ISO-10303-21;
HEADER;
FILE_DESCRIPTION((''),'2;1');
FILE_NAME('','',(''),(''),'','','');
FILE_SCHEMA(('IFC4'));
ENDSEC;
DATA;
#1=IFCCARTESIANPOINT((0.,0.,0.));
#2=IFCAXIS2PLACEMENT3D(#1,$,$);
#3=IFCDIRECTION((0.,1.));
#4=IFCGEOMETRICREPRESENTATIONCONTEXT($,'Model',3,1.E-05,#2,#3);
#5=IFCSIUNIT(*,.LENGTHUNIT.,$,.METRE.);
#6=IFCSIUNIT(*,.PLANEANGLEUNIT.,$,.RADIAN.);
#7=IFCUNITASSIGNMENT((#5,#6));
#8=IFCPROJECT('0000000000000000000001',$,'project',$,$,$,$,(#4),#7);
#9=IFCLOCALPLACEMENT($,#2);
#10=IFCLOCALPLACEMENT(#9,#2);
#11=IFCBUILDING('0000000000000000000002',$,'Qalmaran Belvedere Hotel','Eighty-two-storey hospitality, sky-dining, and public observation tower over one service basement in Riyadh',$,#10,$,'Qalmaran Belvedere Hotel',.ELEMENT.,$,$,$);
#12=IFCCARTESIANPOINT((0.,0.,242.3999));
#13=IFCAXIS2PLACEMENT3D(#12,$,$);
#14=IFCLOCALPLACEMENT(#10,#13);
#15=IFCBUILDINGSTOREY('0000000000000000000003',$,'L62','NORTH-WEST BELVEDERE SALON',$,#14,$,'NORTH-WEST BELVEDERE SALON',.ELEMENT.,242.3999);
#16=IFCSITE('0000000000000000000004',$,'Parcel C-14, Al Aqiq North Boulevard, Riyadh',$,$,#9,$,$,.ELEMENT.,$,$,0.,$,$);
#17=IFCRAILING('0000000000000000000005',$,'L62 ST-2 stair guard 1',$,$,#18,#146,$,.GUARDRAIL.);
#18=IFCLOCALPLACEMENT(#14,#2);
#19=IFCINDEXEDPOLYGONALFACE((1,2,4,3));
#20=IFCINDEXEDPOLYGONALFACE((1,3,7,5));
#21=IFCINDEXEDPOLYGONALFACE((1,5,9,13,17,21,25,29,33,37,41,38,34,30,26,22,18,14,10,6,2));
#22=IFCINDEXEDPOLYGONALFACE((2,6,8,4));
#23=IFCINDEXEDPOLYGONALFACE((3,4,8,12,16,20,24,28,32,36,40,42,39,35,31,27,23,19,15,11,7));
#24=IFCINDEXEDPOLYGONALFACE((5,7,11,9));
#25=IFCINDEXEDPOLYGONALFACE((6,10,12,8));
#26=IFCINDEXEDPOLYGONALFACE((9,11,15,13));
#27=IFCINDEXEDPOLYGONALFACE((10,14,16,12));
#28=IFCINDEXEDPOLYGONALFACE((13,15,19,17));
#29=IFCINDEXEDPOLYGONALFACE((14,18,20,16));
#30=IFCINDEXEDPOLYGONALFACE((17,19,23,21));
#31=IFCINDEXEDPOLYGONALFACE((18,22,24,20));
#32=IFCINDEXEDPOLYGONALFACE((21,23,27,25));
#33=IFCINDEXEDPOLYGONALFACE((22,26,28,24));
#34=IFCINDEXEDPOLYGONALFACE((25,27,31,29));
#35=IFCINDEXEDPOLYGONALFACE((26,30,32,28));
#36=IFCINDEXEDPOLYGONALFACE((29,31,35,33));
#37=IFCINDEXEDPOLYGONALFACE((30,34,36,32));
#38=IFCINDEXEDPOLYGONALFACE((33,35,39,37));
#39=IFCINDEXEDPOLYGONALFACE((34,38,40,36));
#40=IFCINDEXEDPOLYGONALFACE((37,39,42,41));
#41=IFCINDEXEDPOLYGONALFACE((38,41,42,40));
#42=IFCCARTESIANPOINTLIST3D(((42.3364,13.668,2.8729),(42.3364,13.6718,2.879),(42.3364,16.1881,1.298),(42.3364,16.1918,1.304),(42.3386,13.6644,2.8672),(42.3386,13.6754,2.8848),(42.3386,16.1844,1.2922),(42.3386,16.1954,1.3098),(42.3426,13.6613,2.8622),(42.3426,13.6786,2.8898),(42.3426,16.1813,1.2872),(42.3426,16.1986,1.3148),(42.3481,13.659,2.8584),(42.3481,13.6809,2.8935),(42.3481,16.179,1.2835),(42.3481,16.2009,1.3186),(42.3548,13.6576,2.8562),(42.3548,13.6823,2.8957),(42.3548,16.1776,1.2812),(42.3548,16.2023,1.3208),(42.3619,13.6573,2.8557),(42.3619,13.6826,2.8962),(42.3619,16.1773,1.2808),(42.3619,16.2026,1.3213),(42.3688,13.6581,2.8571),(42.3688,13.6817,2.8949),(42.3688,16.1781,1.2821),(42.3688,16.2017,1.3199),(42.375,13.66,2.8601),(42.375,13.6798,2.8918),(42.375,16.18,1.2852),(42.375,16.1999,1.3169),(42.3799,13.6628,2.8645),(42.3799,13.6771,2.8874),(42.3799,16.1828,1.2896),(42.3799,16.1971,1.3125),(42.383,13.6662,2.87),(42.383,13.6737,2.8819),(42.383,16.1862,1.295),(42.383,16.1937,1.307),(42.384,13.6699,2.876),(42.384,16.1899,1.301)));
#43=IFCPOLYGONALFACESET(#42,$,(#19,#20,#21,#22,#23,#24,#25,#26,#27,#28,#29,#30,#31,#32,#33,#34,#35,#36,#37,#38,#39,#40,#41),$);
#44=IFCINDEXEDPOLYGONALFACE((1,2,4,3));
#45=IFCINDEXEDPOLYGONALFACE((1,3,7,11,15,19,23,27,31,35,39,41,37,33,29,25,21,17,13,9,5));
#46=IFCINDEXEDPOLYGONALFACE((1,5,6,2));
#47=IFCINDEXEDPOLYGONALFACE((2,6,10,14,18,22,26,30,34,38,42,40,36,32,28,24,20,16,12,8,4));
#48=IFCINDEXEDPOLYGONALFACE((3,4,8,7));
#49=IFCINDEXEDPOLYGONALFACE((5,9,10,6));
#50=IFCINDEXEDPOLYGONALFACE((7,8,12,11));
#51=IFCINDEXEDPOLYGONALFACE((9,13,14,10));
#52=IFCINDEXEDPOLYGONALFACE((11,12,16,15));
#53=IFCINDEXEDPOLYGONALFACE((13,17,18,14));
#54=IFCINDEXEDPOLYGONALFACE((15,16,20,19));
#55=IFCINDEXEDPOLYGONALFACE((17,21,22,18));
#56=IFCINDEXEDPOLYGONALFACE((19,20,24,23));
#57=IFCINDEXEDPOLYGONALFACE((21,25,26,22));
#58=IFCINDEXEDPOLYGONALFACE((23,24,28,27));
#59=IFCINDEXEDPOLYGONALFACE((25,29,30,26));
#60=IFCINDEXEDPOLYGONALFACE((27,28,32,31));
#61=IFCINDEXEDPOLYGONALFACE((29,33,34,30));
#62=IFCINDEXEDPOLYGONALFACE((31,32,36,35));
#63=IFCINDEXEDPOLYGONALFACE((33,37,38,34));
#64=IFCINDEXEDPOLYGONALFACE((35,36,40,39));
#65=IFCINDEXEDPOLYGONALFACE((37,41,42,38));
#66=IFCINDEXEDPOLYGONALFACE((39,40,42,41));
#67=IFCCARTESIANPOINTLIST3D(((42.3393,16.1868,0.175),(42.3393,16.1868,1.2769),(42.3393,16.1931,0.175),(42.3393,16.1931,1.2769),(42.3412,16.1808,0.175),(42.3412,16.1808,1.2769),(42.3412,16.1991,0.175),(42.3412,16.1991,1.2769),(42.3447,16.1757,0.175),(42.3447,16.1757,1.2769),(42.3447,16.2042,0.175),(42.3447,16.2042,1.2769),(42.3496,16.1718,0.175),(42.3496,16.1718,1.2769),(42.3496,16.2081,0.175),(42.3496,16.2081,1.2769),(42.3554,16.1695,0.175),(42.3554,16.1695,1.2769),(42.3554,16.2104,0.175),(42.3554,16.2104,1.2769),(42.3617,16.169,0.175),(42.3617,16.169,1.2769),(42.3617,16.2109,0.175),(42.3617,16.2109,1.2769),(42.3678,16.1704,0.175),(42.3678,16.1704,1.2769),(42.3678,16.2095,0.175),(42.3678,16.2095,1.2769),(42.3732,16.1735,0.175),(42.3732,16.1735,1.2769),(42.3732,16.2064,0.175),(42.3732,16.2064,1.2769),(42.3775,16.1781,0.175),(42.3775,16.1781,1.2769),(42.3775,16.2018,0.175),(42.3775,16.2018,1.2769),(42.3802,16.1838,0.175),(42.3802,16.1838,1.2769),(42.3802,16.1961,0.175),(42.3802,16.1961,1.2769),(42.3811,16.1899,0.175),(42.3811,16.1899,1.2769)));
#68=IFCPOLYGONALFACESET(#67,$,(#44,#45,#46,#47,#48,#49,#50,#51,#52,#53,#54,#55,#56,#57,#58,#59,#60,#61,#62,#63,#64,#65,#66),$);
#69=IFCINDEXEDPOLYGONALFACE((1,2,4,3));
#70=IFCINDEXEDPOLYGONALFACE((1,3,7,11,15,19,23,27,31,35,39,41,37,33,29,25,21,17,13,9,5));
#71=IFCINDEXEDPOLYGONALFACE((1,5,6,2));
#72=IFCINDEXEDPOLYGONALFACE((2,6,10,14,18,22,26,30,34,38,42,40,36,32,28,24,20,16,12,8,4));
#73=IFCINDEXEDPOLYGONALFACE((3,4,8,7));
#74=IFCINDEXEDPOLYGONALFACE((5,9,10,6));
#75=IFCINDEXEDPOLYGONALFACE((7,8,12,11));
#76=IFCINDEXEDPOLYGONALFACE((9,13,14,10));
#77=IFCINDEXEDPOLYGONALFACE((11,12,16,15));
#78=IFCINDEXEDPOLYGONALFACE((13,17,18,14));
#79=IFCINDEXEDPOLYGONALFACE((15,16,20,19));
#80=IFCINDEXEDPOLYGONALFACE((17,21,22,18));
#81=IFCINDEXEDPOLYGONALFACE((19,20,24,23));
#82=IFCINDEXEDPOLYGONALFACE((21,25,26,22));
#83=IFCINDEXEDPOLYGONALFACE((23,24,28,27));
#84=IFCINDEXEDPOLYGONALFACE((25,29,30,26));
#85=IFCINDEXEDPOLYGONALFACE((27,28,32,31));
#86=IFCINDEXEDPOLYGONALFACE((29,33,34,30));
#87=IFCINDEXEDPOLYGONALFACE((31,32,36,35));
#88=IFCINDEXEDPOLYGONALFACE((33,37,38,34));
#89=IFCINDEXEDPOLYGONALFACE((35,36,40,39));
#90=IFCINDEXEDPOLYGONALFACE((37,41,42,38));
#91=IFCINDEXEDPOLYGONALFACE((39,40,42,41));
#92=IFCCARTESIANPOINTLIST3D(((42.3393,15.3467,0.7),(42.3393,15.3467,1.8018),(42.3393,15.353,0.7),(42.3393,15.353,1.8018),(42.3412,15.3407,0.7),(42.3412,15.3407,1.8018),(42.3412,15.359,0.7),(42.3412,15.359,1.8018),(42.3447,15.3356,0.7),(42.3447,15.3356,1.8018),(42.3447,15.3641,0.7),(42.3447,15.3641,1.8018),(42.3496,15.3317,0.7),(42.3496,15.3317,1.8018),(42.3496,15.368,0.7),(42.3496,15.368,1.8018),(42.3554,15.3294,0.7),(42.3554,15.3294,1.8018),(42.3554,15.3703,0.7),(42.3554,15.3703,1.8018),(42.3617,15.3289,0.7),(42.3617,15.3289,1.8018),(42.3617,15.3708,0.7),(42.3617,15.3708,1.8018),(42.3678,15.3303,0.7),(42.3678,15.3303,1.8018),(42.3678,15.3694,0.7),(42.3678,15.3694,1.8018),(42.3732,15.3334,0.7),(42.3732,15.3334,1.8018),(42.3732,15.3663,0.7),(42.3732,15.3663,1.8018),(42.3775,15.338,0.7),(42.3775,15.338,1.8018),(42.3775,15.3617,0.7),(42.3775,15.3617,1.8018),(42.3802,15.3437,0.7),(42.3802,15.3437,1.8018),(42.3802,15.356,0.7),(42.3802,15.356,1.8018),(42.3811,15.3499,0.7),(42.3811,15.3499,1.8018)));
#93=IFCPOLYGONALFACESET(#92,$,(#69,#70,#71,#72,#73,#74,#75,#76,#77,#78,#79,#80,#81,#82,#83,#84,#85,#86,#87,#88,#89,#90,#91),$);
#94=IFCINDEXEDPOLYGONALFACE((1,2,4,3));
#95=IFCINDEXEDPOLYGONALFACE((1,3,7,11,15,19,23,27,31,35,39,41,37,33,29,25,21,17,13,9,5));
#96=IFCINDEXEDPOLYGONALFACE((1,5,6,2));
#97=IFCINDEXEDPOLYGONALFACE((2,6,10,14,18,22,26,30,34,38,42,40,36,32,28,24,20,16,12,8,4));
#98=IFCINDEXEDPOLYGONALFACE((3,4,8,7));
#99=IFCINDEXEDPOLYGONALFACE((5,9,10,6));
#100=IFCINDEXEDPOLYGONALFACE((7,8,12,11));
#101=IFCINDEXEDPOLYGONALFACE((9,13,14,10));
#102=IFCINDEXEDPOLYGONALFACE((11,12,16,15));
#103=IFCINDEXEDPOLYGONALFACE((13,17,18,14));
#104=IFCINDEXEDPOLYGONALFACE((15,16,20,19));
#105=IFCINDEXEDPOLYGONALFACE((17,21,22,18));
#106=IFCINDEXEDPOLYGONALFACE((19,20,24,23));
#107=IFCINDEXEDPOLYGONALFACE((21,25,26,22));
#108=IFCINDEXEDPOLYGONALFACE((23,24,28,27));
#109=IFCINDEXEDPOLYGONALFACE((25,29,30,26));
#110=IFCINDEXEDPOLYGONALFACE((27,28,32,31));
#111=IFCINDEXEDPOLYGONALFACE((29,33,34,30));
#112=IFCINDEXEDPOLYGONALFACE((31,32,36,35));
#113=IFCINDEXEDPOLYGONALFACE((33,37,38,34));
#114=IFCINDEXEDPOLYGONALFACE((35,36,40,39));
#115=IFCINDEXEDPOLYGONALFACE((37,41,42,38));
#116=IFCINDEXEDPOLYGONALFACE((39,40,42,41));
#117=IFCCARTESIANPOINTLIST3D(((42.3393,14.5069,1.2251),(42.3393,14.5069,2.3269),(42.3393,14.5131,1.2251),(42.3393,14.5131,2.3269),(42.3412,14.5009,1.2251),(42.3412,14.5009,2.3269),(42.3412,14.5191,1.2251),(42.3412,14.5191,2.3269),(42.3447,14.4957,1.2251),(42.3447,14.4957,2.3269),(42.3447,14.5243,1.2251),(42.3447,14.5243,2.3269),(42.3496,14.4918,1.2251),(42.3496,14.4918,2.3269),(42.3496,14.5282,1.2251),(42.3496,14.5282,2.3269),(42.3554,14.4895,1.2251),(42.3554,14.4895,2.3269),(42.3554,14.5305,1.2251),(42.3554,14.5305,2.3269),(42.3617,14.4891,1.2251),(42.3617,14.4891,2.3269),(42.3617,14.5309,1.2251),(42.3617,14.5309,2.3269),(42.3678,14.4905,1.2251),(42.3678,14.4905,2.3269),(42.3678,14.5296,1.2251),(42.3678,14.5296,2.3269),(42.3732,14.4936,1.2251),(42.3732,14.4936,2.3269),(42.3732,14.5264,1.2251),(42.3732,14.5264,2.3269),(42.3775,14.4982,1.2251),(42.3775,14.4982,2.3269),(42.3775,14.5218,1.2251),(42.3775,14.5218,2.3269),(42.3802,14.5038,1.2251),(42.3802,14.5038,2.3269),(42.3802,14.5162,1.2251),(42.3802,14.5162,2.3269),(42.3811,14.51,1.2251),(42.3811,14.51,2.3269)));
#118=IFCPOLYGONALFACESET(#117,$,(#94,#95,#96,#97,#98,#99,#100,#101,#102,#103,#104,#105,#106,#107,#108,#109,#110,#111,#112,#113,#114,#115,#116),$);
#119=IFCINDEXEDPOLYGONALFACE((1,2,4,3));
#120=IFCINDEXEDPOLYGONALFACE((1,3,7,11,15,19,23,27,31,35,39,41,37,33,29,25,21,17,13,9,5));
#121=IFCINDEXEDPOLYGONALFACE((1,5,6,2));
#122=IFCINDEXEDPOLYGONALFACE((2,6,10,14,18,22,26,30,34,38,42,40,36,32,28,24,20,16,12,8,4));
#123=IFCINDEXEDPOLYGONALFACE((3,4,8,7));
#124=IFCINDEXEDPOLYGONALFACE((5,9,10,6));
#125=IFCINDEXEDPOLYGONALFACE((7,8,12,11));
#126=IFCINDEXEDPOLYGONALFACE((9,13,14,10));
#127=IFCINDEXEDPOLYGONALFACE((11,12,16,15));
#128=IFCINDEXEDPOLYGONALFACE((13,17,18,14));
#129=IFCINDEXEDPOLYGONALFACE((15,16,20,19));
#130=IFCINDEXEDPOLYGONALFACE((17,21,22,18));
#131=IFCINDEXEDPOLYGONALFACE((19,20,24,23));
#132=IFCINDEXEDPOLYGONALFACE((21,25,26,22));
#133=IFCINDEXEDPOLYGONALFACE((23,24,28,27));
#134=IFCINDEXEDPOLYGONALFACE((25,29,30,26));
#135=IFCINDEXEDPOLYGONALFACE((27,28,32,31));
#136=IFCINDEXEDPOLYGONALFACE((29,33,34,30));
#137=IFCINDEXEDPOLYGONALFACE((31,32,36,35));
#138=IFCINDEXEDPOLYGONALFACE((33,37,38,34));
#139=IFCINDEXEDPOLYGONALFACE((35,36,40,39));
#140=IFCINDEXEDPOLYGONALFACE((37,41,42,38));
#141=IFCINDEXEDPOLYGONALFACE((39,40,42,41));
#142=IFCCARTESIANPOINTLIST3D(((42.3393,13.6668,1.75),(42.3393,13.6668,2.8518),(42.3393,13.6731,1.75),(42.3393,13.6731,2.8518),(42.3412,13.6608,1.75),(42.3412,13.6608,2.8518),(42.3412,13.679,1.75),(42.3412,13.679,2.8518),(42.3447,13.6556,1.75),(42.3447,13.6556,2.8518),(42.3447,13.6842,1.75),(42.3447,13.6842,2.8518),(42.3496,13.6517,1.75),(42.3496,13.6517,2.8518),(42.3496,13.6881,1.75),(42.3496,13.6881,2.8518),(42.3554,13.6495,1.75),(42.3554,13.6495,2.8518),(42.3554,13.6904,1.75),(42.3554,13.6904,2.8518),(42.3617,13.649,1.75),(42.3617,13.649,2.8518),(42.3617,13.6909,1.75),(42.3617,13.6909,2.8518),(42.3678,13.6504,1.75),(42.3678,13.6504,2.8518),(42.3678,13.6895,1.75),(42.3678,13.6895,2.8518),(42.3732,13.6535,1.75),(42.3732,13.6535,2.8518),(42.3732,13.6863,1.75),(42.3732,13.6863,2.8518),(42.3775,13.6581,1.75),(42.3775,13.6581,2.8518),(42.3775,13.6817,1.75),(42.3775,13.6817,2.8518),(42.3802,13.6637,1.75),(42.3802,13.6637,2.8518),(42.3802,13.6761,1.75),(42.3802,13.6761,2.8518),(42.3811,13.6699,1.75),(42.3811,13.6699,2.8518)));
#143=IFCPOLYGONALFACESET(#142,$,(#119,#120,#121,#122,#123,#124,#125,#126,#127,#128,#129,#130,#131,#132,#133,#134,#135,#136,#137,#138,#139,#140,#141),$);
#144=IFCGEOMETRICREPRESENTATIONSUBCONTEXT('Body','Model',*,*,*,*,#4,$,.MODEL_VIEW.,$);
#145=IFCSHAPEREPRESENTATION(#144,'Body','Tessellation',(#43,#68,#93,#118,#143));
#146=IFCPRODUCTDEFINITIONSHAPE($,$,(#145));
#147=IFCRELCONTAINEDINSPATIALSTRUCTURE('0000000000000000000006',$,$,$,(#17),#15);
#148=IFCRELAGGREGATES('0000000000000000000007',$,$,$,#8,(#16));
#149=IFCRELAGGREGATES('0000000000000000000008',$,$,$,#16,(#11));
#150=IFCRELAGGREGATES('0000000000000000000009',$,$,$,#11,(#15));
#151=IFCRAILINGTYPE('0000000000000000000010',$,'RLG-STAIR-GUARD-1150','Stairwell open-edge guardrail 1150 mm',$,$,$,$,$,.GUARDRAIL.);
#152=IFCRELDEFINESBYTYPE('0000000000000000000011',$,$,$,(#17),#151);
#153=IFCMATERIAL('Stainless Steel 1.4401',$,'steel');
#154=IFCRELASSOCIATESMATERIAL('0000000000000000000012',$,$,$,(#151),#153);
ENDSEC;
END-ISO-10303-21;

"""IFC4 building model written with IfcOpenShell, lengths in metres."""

from ifc_helpers import new_model, si_unit, direction, frame, origin, origin_2d, place, context, subcontext, project, spatial, circle, extrude, material, type_object, element, save


model = new_model("IFC4")

# Units and contexts
model_context = context("Model", 3, precision=1e-05, world=origin(), true_north=direction((0.0, 1.0)))
body_context = subcontext(model_context, "Body", "Model", "MODEL_VIEW")
ifc_project = project(units=[si_unit("LENGTHUNIT", "METRE"), si_unit("PLANEANGLEUNIT", "RADIAN")], contexts=[model_context])

# Site, building, storey
site_placement = place(None, origin())
site = spatial("IfcSite", under=ifc_project, at=site_placement, Name="Parcel C-14, Al Aqiq North Boulevard, Riyadh", CompositionType="ELEMENT", RefElevation=0.0)
building_placement = place(site_placement, origin())
building = spatial("IfcBuilding", under=site, at=building_placement, Name="Qalmaran Belvedere Hotel", Description="Eighty-two-storey hospitality, sky-dining, and public observation tower over one service basement in Riyadh", LongName="Qalmaran Belvedere Hotel", CompositionType="ELEMENT")
storey_placement = place(building_placement, frame((0.0, 0.0, 242.3999)))
storey = spatial("IfcBuildingStorey", under=building, at=storey_placement, Name="L62", Description="NORTH-WEST BELVEDERE SALON", LongName="NORTH-WEST BELVEDERE SALON", CompositionType="ELEMENT", Elevation=242.3999)

# Railing
ifc_material_1 = material(Name="Stainless Steel 1.4401", Category="steel")
railing_type_1 = type_object("IfcRailingType", Name="RLG-STAIR-GUARD-1150", Description="Stairwell open-edge guardrail 1150 mm", PredefinedType="GUARDRAIL", material=ifc_material_1)
railing_1_placement = place(storey_placement, frame((42.3601, 16.1899, 0.175)))
element("IfcRailing", 1, at=railing_1_placement, inside=storey, type_object=railing_type_1, Name="L62 ST-2 stair guard 1", PredefinedType="GUARDRAIL", context=body_context, shape_type="SweptSolid", body=[
    extrude(circle(Radius=0.0239, at=origin_2d()), frame((0.0, 0.0, 1.126), z_axis=(0.0, -0.848008, 0.529984), x_axis=(1.0, 0.0, 0.0)), (0.0, 0.0, 1.0), 2.9717),
    extrude(circle(Radius=0.021, at=origin_2d()), origin(), (0.0, 0.0, 1.0), 1.1018),
    extrude(circle(Radius=0.021, at=origin_2d()), frame((0.0, -0.8401, 0.5249)), (0.0, 0.0, 1.0), 1.1018),
    extrude(circle(Radius=0.021, at=origin_2d()), frame((0.0, -1.6799, 1.05)), (0.0, 0.0, 1.0), 1.1018),
    extrude(circle(Radius=0.021, at=origin_2d()), frame((0.0, -2.52, 1.575)), (0.0, 0.0, 1.0), 1.1018),
])

save(model, "model.ifc")
